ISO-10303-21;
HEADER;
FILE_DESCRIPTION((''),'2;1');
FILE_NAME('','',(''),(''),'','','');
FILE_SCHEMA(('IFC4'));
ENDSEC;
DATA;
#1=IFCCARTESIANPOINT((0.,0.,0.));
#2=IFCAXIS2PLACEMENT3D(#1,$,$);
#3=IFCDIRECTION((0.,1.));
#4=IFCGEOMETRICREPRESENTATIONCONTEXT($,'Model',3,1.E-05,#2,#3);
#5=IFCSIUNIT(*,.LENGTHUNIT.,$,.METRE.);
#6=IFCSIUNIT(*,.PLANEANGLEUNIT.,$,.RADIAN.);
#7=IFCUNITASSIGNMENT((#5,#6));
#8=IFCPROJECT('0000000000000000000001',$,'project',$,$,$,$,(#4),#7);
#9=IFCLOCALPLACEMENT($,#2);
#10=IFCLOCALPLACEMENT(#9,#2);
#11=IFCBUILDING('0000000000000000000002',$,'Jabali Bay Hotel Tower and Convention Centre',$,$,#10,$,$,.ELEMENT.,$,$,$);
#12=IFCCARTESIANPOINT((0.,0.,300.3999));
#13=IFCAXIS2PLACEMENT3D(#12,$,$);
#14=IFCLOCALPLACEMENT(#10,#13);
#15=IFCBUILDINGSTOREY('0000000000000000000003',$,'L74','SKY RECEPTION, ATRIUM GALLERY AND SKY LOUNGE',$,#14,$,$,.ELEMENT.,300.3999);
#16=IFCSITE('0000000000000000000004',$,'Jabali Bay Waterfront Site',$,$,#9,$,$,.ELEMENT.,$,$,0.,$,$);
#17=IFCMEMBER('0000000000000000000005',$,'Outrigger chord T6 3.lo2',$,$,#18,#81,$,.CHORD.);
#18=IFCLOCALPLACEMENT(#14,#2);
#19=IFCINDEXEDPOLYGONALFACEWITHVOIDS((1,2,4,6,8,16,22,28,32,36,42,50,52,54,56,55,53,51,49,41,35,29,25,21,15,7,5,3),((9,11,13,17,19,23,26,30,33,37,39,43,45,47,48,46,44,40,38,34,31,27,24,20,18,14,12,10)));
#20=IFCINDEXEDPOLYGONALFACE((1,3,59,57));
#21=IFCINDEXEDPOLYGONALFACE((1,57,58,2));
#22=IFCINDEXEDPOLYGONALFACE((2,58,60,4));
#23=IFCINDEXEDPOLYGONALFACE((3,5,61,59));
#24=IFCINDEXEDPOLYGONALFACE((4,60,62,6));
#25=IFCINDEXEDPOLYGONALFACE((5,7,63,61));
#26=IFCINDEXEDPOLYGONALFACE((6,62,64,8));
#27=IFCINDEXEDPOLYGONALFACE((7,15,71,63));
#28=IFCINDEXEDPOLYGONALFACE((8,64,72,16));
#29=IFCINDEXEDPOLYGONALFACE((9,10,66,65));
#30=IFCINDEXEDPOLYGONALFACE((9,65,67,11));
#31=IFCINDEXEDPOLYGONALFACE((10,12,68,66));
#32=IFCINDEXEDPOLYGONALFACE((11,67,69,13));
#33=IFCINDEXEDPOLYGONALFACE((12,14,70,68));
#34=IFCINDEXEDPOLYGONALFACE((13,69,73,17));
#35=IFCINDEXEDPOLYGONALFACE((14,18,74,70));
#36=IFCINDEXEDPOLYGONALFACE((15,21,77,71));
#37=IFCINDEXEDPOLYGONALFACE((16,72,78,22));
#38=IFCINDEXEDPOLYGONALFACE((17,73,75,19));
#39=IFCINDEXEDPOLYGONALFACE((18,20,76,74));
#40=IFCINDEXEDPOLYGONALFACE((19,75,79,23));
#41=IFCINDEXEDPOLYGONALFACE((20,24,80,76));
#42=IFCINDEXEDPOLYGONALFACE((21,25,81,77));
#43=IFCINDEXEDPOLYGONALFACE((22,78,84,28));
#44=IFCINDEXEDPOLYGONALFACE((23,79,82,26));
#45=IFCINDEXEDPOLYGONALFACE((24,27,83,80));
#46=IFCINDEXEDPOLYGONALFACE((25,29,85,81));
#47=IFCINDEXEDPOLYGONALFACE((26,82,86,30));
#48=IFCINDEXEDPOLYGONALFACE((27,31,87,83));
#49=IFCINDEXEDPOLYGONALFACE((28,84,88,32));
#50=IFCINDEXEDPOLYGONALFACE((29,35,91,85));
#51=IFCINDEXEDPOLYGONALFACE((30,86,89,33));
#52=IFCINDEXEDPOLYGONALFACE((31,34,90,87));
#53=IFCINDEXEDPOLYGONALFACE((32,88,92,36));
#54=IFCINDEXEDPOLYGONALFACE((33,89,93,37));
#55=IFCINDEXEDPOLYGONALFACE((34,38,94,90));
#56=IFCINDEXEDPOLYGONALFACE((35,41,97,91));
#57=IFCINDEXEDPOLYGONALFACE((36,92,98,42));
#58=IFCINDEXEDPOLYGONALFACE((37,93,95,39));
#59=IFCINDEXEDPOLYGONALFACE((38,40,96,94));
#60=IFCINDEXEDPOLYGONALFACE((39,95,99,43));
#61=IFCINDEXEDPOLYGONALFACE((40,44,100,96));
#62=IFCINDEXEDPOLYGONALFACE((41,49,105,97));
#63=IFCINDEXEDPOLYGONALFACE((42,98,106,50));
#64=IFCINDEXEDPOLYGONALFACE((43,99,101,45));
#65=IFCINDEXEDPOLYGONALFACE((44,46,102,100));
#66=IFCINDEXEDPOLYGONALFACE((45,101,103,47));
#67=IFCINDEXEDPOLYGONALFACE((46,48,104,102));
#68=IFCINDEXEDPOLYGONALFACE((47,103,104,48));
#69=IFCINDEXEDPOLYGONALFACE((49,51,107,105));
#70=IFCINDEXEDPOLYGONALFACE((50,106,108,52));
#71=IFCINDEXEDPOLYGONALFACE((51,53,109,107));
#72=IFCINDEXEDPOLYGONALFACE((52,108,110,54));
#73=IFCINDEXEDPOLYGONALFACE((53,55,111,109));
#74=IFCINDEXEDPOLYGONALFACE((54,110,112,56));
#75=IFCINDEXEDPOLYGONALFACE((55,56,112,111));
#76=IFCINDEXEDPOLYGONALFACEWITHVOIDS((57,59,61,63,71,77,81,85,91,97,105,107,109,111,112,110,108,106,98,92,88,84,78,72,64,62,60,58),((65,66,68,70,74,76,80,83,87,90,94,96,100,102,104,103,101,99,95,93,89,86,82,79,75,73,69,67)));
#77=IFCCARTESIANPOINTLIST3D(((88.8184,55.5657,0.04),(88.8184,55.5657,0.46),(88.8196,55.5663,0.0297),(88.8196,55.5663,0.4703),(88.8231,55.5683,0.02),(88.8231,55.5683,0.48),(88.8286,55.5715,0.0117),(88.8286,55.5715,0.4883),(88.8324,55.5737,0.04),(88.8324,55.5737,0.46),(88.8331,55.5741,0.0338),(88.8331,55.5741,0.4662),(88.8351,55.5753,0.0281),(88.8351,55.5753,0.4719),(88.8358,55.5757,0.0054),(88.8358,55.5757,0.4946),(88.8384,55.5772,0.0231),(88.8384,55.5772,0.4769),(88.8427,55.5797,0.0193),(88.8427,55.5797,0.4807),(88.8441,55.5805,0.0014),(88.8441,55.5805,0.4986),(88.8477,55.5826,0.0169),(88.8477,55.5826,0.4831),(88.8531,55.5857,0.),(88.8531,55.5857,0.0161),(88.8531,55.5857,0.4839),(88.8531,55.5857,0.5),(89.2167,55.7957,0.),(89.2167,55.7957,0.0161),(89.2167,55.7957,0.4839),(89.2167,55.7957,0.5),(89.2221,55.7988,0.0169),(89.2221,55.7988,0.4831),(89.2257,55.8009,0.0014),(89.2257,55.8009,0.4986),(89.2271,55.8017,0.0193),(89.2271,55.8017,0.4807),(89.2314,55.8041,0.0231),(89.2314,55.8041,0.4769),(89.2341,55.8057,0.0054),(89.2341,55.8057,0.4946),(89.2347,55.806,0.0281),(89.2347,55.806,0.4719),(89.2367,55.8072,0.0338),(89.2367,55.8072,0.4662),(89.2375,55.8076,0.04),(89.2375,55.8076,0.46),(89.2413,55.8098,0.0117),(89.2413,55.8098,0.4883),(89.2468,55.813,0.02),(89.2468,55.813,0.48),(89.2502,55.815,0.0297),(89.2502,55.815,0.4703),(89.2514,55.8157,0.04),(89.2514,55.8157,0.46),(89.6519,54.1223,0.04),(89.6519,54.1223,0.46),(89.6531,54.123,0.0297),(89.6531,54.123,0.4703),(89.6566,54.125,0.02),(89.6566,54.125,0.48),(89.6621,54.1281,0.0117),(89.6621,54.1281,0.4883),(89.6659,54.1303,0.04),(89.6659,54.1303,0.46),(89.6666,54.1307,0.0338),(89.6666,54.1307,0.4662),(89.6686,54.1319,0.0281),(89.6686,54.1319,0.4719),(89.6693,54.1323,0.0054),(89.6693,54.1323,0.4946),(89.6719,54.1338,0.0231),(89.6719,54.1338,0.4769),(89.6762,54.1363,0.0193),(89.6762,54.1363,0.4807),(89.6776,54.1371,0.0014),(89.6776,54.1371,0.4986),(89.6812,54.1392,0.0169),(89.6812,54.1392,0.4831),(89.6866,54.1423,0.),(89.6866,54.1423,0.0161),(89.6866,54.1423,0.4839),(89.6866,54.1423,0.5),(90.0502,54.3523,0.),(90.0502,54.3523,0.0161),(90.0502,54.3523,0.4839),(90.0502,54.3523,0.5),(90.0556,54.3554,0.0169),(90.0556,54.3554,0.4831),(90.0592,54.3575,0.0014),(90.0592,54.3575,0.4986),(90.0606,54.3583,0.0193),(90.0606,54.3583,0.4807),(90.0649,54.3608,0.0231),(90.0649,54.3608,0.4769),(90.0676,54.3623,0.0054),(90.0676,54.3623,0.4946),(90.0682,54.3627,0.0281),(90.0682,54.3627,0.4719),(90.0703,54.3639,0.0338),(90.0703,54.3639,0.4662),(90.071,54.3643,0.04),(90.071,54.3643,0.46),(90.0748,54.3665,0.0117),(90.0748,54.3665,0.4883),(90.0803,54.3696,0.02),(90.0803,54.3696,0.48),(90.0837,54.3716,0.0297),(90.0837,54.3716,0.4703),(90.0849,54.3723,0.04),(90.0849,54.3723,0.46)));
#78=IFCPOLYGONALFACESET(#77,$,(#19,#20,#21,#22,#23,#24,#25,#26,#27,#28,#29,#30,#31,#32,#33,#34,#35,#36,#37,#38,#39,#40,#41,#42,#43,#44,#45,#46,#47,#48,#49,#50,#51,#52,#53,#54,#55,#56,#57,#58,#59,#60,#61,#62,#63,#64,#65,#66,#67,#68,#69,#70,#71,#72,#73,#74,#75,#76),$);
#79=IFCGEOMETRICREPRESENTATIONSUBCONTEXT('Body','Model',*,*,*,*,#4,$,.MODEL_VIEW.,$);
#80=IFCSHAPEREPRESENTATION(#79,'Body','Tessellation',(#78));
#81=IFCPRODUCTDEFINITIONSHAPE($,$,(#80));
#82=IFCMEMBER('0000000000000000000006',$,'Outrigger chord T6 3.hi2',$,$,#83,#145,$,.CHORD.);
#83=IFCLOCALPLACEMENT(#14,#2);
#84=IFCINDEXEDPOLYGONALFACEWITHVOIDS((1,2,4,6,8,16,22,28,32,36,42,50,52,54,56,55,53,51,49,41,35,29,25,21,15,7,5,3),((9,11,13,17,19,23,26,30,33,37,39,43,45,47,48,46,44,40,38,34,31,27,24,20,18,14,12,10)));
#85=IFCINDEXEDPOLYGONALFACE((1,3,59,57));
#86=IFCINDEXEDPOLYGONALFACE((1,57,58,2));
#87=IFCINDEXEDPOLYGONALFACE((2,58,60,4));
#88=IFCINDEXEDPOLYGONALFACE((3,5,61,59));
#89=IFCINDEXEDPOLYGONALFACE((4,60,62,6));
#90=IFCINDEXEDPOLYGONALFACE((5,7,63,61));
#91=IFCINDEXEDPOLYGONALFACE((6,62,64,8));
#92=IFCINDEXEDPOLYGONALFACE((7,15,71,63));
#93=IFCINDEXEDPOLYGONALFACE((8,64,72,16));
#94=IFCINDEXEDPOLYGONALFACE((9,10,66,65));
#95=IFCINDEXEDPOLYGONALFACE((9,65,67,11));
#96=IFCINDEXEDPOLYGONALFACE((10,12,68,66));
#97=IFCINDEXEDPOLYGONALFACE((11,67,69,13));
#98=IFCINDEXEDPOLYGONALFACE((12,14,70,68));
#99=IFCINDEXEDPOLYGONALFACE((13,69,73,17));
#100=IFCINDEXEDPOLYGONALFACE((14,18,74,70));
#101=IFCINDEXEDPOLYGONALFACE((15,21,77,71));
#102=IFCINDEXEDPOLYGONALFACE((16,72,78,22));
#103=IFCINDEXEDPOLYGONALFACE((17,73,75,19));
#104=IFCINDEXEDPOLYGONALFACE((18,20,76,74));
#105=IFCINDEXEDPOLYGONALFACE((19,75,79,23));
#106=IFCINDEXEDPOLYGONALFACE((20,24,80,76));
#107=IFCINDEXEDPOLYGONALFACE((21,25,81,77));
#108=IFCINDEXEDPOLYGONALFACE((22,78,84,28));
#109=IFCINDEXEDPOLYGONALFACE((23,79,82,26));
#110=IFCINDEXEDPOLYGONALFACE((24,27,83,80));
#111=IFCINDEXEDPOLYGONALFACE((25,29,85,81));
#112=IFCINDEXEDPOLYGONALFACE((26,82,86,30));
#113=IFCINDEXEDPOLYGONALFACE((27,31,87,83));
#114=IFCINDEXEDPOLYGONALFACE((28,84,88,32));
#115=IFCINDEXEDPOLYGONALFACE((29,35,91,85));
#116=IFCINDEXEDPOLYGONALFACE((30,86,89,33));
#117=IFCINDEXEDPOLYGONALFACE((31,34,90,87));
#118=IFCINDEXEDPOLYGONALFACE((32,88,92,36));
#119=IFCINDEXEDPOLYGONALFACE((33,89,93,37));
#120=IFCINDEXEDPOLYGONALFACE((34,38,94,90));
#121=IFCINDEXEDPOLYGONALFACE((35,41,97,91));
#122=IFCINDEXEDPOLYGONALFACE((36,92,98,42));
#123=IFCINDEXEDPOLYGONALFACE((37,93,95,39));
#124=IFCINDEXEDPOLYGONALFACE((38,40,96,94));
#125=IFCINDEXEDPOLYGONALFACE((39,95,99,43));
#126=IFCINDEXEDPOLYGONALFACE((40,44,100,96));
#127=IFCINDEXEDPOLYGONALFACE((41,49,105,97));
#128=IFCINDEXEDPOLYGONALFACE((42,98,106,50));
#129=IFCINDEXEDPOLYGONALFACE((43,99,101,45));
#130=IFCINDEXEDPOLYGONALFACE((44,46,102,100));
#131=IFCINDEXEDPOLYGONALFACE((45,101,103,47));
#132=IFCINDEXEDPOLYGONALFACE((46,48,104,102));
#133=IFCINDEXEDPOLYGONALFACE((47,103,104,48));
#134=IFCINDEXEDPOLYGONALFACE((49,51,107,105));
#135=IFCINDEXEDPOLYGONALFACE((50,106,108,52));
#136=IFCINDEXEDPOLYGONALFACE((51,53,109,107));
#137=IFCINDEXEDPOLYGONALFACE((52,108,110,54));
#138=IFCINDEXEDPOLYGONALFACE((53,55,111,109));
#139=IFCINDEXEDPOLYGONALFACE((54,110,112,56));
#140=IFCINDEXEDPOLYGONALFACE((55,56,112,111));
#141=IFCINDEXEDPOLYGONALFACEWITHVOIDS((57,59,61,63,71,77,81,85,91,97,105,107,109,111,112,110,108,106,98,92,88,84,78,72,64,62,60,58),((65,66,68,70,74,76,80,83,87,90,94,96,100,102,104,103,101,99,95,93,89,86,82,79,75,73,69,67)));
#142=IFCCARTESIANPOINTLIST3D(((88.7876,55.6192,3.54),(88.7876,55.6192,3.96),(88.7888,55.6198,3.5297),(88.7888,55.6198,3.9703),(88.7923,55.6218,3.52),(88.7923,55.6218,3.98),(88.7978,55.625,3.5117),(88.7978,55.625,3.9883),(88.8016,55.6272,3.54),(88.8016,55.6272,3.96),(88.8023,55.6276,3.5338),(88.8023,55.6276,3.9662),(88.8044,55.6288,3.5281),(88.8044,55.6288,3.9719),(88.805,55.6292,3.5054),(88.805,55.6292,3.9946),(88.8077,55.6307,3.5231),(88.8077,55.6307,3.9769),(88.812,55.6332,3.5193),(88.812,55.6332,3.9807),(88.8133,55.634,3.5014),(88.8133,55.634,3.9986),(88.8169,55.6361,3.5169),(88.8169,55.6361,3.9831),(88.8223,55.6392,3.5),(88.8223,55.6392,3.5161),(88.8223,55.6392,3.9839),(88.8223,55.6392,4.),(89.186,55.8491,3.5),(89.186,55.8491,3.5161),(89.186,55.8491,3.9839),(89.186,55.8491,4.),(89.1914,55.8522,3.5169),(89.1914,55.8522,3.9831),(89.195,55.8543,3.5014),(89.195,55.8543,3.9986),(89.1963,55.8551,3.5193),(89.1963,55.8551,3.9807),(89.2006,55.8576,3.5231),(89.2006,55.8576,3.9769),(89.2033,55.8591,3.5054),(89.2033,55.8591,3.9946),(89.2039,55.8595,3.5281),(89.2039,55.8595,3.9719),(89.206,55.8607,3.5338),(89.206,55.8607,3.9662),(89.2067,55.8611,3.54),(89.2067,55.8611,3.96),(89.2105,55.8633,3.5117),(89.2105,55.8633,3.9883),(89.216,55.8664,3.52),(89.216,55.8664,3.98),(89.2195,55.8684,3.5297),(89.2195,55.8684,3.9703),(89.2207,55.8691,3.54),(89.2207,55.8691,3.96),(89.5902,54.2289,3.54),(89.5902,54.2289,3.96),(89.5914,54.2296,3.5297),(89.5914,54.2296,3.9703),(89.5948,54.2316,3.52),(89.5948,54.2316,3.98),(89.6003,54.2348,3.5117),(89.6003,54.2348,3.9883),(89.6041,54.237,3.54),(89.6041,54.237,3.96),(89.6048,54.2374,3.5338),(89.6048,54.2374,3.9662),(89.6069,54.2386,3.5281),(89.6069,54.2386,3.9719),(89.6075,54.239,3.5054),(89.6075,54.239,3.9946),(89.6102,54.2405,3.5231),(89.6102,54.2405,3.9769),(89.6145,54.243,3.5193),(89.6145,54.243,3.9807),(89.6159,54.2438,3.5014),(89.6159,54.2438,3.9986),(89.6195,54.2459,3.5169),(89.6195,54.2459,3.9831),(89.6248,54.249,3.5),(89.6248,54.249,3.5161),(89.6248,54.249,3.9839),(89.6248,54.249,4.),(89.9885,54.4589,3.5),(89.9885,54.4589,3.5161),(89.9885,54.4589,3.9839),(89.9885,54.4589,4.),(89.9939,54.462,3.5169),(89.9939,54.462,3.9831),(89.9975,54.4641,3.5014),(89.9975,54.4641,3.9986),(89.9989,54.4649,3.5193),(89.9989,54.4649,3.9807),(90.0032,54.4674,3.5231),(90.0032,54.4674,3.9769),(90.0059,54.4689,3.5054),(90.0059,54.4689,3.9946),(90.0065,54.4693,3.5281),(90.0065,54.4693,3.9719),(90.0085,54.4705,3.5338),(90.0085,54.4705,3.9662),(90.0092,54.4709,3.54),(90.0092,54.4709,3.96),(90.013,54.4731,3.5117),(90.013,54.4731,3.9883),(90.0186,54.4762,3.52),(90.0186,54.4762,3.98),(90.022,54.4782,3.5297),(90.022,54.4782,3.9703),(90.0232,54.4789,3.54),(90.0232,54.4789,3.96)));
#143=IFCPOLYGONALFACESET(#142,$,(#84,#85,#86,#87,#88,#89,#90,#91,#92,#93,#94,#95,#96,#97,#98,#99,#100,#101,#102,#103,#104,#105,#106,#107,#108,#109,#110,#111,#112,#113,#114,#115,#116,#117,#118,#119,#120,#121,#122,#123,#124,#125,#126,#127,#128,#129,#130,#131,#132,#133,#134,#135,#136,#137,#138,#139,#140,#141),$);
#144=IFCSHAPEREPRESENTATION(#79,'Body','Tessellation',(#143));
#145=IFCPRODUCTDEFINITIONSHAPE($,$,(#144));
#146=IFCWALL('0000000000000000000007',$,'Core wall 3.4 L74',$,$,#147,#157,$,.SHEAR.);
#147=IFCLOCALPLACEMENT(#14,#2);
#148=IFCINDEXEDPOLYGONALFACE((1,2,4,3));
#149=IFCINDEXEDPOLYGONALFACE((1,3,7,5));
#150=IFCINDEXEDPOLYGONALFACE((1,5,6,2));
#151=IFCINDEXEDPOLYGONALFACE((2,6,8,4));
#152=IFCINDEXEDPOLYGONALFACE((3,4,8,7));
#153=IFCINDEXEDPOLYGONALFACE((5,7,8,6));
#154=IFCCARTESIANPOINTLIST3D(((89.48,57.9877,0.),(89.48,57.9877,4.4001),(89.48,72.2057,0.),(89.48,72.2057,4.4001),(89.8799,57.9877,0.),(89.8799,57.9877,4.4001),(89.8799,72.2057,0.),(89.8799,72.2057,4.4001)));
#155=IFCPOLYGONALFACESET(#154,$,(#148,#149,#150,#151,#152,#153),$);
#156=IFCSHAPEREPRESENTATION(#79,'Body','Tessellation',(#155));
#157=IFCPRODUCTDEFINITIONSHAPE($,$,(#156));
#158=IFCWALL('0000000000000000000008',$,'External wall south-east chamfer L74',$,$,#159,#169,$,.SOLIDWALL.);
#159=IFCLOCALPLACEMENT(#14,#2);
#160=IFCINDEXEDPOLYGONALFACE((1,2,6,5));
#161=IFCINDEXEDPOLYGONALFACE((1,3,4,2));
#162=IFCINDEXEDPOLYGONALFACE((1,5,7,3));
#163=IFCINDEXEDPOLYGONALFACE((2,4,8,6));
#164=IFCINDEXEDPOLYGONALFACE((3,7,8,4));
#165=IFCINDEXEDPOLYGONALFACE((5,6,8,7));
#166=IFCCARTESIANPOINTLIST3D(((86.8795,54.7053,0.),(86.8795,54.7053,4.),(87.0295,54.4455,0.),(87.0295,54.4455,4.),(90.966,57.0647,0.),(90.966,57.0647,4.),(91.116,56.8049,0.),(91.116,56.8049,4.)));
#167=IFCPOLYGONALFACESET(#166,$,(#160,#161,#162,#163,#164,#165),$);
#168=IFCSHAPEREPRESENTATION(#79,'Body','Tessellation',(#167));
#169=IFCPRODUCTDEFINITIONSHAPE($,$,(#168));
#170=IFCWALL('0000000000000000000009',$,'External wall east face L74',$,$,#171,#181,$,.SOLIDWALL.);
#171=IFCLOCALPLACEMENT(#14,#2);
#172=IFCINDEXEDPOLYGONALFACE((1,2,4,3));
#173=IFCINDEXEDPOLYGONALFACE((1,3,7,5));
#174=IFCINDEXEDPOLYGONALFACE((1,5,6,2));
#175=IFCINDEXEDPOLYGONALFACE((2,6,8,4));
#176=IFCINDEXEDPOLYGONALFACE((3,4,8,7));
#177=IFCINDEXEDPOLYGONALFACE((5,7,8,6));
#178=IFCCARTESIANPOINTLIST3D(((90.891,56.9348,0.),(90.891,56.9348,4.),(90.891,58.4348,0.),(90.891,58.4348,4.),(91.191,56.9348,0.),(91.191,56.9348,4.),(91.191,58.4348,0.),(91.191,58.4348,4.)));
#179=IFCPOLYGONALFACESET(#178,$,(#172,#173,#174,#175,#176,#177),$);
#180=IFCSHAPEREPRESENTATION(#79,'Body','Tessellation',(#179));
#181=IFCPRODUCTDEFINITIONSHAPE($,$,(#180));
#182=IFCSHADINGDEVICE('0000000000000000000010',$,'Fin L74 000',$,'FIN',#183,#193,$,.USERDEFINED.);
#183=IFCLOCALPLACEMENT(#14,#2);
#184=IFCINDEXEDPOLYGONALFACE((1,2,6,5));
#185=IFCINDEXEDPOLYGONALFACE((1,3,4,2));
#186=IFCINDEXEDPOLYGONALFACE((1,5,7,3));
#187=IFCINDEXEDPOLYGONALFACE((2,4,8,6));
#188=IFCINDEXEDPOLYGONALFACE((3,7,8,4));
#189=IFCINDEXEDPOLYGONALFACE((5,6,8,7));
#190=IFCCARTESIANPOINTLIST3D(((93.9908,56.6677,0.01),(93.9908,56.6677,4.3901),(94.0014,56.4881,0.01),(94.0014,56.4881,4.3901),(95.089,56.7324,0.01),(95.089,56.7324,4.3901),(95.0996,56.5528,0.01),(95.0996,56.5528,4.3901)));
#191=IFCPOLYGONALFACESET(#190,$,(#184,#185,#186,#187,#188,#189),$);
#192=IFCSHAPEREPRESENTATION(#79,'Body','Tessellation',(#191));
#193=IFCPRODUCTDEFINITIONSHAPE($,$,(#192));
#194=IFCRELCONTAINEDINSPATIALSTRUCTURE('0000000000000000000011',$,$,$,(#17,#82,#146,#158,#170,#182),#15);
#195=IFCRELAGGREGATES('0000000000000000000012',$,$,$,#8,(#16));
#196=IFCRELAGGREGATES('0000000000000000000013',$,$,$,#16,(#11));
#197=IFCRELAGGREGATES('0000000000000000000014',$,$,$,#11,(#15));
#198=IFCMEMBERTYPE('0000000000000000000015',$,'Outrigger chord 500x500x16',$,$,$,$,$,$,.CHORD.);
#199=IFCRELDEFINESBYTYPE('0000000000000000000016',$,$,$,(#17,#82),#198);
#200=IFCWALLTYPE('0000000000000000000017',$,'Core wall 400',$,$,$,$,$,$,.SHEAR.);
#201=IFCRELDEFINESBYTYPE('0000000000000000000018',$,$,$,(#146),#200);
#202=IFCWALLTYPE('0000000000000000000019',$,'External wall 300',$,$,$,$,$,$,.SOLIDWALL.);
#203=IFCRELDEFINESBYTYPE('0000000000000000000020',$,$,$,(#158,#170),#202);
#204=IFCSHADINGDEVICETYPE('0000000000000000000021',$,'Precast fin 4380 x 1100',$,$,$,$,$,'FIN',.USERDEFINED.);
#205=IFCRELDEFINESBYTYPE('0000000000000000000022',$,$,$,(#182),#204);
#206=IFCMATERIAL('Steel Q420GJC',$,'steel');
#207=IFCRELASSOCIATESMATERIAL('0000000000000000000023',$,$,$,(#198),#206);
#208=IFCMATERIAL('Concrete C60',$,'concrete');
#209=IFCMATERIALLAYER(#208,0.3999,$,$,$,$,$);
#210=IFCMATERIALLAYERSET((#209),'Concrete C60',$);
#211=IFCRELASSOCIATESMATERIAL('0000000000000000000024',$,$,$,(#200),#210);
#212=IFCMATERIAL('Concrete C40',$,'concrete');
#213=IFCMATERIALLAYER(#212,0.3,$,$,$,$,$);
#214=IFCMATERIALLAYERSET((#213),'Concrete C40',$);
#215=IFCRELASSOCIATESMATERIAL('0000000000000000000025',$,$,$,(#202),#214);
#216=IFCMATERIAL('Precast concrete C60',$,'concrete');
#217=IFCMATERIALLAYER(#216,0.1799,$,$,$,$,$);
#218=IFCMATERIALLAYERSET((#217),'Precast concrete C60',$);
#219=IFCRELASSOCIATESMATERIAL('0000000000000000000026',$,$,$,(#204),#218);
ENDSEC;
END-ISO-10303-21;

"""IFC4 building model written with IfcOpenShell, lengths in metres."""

from ifc_helpers import new_model, si_unit, direction, frame, frame_2d, origin, origin_2d, place, context, subcontext, project, spatial, rectangle, hollow_rectangle, extrude, material, layer, layer_set, material_profile, profile_set, type_object, element, save


model = new_model("IFC4")

# Units and contexts
model_context = context("Model", 3, precision=1e-05, world=origin(), true_north=direction((0.0, 1.0)))
body_context = subcontext(model_context, "Body", "Model", "MODEL_VIEW")
ifc_project = project(units=[si_unit("LENGTHUNIT", "METRE"), si_unit("PLANEANGLEUNIT", "RADIAN")], contexts=[model_context])

# Site, building, storey
site_placement = place(None, origin())
site = spatial("IfcSite", under=ifc_project, at=site_placement, Name="Jabali Bay Waterfront Site", CompositionType="ELEMENT", RefElevation=0.0)
building_placement = place(site_placement, origin())
building = spatial("IfcBuilding", under=site, at=building_placement, Name="Jabali Bay Hotel Tower and Convention Centre", CompositionType="ELEMENT")
storey_placement = place(building_placement, frame((0.0, 0.0, 300.3999)))
storey = spatial("IfcBuildingStorey", under=building, at=storey_placement, Name="L74", Description="SKY RECEPTION, ATRIUM GALLERY AND SKY LOUNGE", CompositionType="ELEMENT", Elevation=300.3999)

# Shared definitions
ifc_material_1 = material(Name="Concrete C60", Category="concrete")

# Shared definitions
ifc_material_2 = material(Name="Steel Q420GJC", Category="steel")

# Members
ifc_material_profile_1 = material_profile(ifc_material_2, hollow_rectangle(XDim=0.5, YDim=0.5, WallThickness=0.0161, InnerFilletRadius=0.0239, OuterFilletRadius=0.04, at=origin_2d()), Name="Outrigger chord 500x500x16")
ifc_profile_set_1 = profile_set([ifc_material_profile_1], Name="Steel Q420GJC")
member_type_1 = type_object("IfcMemberType", Name="Outrigger chord 500x500x16", PredefinedType="CHORD", material=ifc_profile_set_1)
member_1_placement = place(storey_placement, frame((89.0349, 55.6907, 0.25), z_axis=(0.500077, -0.865981, 0.0), x_axis=(0.865981, 0.500077, 0.0)))
element("IfcMember", 1, at=member_1_placement, inside=storey, type_object=member_type_1, Name="Outrigger chord T6 3.lo2", PredefinedType="CHORD", context=body_context, shape_type="SweptSolid", body=[
    extrude(hollow_rectangle(XDim=0.5, YDim=0.5, WallThickness=0.0161, InnerFilletRadius=0.0239, OuterFilletRadius=0.04, at=origin_2d()), origin(), (0.0, 0.0, 1.0), 1.6667),
])
member_2_placement = place(storey_placement, frame((89.0042, 55.7441, 3.75), z_axis=(0.499951, -0.866054, 0.0), x_axis=(0.866054, 0.499951, 0.0)))
element("IfcMember", 2, at=member_2_placement, inside=storey, type_object=member_type_1, Name="Outrigger chord T6 3.hi2", PredefinedType="CHORD", context=body_context, shape_type="SweptSolid", body=[
    extrude(hollow_rectangle(XDim=0.5, YDim=0.5, WallThickness=0.0161, InnerFilletRadius=0.0239, OuterFilletRadius=0.04, at=origin_2d()), origin(), (0.0, 0.0, 1.0), 1.6052),
])

# Walls
ifc_layer_1 = layer(ifc_material_1, 0.3999)
ifc_layer_set_1 = layer_set([ifc_layer_1], Name="Concrete C60")
wall_type_1 = type_object("IfcWallType", Name="Core wall 400", PredefinedType="SHEAR", material=ifc_layer_set_1)
wall_1_placement = place(storey_placement, frame((89.6799, 57.9878, 0.0), z_axis=(0.0, 0.0, 1.0), x_axis=(0.0, 1.0, 0.0)))
element("IfcWall", 3, at=wall_1_placement, inside=storey, type_object=wall_type_1, Name="Core wall 3.4 L74", PredefinedType="SHEAR", context=body_context, shape_type="SweptSolid", body=[
    extrude(rectangle(XDim=14.218, YDim=0.3999, at=frame_2d((7.1089, 0.0))), origin(), (0.0, 0.0, 1.0), 4.4001),
])
ifc_material_3 = material(Name="Concrete C40", Category="concrete")
ifc_layer_2 = layer(ifc_material_3, 0.3)
ifc_layer_set_2 = layer_set([ifc_layer_2], Name="Concrete C40")
wall_type_2 = type_object("IfcWallType", Name="External wall 300", PredefinedType="SOLIDWALL", material=ifc_layer_set_2)
wall_2_placement = place(storey_placement, frame((91.041, 56.9348, 0.0), z_axis=(0.0, 0.0, 1.0), x_axis=(-0.866018, -0.500012, 0.0)))
element("IfcWall", 4, at=wall_2_placement, inside=storey, type_object=wall_type_2, Name="External wall south-east chamfer L74", PredefinedType="SOLIDWALL", context=body_context, shape_type="SweptSolid", body=[
    extrude(rectangle(XDim=4.7188, YDim=0.3, at=frame_2d((2.3594, 0.0))), origin(), (0.0, 0.0, 1.0), 4.0),
])
wall_3_placement = place(storey_placement, frame((91.041, 58.4348, 0.0), z_axis=(0.0, 0.0, 1.0), x_axis=(0.0, -1.0, 0.0)))
element("IfcWall", 5, at=wall_3_placement, inside=storey, type_object=wall_type_2, Name="External wall east face L74", PredefinedType="SOLIDWALL", context=body_context, shape_type="SweptSolid", body=[
    extrude(rectangle(XDim=1.5, YDim=0.3, at=frame_2d((0.75, 0.0))), origin(), (0.0, 0.0, 1.0), 4.0),
])

# Shading device
ifc_material_4 = material(Name="Precast concrete C60", Category="concrete")
ifc_layer_3 = layer(ifc_material_4, 0.1799)
ifc_layer_set_3 = layer_set([ifc_layer_3], Name="Precast concrete C60")
shading_device_type_1 = type_object("IfcShadingDeviceType", Name="Precast fin 4380 x 1100", ElementType="FIN", PredefinedType="USERDEFINED", material=ifc_layer_set_3)
for number, where, z_axis, x_axis, name in (
    (6, (93.9961, 56.5779, 0.01), (0.0, 0.0, 1.0), (0.998269, 0.058813, 0.0), "Fin L74 000"),
):
    element("IfcShadingDevice", number, at=place(storey_placement, frame(where, z_axis=z_axis, x_axis=x_axis)), inside=storey, type_object=shading_device_type_1, Name=name, ObjectType="FIN", PredefinedType="USERDEFINED", context=body_context, shape_type="SweptSolid", body=[
        extrude(rectangle(XDim=1.1001, YDim=0.1799, at=frame_2d((0.55, 0.0))), origin(), (0.0, 0.0, 1.0), 4.3801),
    ])

save(model, "model.ifc")
